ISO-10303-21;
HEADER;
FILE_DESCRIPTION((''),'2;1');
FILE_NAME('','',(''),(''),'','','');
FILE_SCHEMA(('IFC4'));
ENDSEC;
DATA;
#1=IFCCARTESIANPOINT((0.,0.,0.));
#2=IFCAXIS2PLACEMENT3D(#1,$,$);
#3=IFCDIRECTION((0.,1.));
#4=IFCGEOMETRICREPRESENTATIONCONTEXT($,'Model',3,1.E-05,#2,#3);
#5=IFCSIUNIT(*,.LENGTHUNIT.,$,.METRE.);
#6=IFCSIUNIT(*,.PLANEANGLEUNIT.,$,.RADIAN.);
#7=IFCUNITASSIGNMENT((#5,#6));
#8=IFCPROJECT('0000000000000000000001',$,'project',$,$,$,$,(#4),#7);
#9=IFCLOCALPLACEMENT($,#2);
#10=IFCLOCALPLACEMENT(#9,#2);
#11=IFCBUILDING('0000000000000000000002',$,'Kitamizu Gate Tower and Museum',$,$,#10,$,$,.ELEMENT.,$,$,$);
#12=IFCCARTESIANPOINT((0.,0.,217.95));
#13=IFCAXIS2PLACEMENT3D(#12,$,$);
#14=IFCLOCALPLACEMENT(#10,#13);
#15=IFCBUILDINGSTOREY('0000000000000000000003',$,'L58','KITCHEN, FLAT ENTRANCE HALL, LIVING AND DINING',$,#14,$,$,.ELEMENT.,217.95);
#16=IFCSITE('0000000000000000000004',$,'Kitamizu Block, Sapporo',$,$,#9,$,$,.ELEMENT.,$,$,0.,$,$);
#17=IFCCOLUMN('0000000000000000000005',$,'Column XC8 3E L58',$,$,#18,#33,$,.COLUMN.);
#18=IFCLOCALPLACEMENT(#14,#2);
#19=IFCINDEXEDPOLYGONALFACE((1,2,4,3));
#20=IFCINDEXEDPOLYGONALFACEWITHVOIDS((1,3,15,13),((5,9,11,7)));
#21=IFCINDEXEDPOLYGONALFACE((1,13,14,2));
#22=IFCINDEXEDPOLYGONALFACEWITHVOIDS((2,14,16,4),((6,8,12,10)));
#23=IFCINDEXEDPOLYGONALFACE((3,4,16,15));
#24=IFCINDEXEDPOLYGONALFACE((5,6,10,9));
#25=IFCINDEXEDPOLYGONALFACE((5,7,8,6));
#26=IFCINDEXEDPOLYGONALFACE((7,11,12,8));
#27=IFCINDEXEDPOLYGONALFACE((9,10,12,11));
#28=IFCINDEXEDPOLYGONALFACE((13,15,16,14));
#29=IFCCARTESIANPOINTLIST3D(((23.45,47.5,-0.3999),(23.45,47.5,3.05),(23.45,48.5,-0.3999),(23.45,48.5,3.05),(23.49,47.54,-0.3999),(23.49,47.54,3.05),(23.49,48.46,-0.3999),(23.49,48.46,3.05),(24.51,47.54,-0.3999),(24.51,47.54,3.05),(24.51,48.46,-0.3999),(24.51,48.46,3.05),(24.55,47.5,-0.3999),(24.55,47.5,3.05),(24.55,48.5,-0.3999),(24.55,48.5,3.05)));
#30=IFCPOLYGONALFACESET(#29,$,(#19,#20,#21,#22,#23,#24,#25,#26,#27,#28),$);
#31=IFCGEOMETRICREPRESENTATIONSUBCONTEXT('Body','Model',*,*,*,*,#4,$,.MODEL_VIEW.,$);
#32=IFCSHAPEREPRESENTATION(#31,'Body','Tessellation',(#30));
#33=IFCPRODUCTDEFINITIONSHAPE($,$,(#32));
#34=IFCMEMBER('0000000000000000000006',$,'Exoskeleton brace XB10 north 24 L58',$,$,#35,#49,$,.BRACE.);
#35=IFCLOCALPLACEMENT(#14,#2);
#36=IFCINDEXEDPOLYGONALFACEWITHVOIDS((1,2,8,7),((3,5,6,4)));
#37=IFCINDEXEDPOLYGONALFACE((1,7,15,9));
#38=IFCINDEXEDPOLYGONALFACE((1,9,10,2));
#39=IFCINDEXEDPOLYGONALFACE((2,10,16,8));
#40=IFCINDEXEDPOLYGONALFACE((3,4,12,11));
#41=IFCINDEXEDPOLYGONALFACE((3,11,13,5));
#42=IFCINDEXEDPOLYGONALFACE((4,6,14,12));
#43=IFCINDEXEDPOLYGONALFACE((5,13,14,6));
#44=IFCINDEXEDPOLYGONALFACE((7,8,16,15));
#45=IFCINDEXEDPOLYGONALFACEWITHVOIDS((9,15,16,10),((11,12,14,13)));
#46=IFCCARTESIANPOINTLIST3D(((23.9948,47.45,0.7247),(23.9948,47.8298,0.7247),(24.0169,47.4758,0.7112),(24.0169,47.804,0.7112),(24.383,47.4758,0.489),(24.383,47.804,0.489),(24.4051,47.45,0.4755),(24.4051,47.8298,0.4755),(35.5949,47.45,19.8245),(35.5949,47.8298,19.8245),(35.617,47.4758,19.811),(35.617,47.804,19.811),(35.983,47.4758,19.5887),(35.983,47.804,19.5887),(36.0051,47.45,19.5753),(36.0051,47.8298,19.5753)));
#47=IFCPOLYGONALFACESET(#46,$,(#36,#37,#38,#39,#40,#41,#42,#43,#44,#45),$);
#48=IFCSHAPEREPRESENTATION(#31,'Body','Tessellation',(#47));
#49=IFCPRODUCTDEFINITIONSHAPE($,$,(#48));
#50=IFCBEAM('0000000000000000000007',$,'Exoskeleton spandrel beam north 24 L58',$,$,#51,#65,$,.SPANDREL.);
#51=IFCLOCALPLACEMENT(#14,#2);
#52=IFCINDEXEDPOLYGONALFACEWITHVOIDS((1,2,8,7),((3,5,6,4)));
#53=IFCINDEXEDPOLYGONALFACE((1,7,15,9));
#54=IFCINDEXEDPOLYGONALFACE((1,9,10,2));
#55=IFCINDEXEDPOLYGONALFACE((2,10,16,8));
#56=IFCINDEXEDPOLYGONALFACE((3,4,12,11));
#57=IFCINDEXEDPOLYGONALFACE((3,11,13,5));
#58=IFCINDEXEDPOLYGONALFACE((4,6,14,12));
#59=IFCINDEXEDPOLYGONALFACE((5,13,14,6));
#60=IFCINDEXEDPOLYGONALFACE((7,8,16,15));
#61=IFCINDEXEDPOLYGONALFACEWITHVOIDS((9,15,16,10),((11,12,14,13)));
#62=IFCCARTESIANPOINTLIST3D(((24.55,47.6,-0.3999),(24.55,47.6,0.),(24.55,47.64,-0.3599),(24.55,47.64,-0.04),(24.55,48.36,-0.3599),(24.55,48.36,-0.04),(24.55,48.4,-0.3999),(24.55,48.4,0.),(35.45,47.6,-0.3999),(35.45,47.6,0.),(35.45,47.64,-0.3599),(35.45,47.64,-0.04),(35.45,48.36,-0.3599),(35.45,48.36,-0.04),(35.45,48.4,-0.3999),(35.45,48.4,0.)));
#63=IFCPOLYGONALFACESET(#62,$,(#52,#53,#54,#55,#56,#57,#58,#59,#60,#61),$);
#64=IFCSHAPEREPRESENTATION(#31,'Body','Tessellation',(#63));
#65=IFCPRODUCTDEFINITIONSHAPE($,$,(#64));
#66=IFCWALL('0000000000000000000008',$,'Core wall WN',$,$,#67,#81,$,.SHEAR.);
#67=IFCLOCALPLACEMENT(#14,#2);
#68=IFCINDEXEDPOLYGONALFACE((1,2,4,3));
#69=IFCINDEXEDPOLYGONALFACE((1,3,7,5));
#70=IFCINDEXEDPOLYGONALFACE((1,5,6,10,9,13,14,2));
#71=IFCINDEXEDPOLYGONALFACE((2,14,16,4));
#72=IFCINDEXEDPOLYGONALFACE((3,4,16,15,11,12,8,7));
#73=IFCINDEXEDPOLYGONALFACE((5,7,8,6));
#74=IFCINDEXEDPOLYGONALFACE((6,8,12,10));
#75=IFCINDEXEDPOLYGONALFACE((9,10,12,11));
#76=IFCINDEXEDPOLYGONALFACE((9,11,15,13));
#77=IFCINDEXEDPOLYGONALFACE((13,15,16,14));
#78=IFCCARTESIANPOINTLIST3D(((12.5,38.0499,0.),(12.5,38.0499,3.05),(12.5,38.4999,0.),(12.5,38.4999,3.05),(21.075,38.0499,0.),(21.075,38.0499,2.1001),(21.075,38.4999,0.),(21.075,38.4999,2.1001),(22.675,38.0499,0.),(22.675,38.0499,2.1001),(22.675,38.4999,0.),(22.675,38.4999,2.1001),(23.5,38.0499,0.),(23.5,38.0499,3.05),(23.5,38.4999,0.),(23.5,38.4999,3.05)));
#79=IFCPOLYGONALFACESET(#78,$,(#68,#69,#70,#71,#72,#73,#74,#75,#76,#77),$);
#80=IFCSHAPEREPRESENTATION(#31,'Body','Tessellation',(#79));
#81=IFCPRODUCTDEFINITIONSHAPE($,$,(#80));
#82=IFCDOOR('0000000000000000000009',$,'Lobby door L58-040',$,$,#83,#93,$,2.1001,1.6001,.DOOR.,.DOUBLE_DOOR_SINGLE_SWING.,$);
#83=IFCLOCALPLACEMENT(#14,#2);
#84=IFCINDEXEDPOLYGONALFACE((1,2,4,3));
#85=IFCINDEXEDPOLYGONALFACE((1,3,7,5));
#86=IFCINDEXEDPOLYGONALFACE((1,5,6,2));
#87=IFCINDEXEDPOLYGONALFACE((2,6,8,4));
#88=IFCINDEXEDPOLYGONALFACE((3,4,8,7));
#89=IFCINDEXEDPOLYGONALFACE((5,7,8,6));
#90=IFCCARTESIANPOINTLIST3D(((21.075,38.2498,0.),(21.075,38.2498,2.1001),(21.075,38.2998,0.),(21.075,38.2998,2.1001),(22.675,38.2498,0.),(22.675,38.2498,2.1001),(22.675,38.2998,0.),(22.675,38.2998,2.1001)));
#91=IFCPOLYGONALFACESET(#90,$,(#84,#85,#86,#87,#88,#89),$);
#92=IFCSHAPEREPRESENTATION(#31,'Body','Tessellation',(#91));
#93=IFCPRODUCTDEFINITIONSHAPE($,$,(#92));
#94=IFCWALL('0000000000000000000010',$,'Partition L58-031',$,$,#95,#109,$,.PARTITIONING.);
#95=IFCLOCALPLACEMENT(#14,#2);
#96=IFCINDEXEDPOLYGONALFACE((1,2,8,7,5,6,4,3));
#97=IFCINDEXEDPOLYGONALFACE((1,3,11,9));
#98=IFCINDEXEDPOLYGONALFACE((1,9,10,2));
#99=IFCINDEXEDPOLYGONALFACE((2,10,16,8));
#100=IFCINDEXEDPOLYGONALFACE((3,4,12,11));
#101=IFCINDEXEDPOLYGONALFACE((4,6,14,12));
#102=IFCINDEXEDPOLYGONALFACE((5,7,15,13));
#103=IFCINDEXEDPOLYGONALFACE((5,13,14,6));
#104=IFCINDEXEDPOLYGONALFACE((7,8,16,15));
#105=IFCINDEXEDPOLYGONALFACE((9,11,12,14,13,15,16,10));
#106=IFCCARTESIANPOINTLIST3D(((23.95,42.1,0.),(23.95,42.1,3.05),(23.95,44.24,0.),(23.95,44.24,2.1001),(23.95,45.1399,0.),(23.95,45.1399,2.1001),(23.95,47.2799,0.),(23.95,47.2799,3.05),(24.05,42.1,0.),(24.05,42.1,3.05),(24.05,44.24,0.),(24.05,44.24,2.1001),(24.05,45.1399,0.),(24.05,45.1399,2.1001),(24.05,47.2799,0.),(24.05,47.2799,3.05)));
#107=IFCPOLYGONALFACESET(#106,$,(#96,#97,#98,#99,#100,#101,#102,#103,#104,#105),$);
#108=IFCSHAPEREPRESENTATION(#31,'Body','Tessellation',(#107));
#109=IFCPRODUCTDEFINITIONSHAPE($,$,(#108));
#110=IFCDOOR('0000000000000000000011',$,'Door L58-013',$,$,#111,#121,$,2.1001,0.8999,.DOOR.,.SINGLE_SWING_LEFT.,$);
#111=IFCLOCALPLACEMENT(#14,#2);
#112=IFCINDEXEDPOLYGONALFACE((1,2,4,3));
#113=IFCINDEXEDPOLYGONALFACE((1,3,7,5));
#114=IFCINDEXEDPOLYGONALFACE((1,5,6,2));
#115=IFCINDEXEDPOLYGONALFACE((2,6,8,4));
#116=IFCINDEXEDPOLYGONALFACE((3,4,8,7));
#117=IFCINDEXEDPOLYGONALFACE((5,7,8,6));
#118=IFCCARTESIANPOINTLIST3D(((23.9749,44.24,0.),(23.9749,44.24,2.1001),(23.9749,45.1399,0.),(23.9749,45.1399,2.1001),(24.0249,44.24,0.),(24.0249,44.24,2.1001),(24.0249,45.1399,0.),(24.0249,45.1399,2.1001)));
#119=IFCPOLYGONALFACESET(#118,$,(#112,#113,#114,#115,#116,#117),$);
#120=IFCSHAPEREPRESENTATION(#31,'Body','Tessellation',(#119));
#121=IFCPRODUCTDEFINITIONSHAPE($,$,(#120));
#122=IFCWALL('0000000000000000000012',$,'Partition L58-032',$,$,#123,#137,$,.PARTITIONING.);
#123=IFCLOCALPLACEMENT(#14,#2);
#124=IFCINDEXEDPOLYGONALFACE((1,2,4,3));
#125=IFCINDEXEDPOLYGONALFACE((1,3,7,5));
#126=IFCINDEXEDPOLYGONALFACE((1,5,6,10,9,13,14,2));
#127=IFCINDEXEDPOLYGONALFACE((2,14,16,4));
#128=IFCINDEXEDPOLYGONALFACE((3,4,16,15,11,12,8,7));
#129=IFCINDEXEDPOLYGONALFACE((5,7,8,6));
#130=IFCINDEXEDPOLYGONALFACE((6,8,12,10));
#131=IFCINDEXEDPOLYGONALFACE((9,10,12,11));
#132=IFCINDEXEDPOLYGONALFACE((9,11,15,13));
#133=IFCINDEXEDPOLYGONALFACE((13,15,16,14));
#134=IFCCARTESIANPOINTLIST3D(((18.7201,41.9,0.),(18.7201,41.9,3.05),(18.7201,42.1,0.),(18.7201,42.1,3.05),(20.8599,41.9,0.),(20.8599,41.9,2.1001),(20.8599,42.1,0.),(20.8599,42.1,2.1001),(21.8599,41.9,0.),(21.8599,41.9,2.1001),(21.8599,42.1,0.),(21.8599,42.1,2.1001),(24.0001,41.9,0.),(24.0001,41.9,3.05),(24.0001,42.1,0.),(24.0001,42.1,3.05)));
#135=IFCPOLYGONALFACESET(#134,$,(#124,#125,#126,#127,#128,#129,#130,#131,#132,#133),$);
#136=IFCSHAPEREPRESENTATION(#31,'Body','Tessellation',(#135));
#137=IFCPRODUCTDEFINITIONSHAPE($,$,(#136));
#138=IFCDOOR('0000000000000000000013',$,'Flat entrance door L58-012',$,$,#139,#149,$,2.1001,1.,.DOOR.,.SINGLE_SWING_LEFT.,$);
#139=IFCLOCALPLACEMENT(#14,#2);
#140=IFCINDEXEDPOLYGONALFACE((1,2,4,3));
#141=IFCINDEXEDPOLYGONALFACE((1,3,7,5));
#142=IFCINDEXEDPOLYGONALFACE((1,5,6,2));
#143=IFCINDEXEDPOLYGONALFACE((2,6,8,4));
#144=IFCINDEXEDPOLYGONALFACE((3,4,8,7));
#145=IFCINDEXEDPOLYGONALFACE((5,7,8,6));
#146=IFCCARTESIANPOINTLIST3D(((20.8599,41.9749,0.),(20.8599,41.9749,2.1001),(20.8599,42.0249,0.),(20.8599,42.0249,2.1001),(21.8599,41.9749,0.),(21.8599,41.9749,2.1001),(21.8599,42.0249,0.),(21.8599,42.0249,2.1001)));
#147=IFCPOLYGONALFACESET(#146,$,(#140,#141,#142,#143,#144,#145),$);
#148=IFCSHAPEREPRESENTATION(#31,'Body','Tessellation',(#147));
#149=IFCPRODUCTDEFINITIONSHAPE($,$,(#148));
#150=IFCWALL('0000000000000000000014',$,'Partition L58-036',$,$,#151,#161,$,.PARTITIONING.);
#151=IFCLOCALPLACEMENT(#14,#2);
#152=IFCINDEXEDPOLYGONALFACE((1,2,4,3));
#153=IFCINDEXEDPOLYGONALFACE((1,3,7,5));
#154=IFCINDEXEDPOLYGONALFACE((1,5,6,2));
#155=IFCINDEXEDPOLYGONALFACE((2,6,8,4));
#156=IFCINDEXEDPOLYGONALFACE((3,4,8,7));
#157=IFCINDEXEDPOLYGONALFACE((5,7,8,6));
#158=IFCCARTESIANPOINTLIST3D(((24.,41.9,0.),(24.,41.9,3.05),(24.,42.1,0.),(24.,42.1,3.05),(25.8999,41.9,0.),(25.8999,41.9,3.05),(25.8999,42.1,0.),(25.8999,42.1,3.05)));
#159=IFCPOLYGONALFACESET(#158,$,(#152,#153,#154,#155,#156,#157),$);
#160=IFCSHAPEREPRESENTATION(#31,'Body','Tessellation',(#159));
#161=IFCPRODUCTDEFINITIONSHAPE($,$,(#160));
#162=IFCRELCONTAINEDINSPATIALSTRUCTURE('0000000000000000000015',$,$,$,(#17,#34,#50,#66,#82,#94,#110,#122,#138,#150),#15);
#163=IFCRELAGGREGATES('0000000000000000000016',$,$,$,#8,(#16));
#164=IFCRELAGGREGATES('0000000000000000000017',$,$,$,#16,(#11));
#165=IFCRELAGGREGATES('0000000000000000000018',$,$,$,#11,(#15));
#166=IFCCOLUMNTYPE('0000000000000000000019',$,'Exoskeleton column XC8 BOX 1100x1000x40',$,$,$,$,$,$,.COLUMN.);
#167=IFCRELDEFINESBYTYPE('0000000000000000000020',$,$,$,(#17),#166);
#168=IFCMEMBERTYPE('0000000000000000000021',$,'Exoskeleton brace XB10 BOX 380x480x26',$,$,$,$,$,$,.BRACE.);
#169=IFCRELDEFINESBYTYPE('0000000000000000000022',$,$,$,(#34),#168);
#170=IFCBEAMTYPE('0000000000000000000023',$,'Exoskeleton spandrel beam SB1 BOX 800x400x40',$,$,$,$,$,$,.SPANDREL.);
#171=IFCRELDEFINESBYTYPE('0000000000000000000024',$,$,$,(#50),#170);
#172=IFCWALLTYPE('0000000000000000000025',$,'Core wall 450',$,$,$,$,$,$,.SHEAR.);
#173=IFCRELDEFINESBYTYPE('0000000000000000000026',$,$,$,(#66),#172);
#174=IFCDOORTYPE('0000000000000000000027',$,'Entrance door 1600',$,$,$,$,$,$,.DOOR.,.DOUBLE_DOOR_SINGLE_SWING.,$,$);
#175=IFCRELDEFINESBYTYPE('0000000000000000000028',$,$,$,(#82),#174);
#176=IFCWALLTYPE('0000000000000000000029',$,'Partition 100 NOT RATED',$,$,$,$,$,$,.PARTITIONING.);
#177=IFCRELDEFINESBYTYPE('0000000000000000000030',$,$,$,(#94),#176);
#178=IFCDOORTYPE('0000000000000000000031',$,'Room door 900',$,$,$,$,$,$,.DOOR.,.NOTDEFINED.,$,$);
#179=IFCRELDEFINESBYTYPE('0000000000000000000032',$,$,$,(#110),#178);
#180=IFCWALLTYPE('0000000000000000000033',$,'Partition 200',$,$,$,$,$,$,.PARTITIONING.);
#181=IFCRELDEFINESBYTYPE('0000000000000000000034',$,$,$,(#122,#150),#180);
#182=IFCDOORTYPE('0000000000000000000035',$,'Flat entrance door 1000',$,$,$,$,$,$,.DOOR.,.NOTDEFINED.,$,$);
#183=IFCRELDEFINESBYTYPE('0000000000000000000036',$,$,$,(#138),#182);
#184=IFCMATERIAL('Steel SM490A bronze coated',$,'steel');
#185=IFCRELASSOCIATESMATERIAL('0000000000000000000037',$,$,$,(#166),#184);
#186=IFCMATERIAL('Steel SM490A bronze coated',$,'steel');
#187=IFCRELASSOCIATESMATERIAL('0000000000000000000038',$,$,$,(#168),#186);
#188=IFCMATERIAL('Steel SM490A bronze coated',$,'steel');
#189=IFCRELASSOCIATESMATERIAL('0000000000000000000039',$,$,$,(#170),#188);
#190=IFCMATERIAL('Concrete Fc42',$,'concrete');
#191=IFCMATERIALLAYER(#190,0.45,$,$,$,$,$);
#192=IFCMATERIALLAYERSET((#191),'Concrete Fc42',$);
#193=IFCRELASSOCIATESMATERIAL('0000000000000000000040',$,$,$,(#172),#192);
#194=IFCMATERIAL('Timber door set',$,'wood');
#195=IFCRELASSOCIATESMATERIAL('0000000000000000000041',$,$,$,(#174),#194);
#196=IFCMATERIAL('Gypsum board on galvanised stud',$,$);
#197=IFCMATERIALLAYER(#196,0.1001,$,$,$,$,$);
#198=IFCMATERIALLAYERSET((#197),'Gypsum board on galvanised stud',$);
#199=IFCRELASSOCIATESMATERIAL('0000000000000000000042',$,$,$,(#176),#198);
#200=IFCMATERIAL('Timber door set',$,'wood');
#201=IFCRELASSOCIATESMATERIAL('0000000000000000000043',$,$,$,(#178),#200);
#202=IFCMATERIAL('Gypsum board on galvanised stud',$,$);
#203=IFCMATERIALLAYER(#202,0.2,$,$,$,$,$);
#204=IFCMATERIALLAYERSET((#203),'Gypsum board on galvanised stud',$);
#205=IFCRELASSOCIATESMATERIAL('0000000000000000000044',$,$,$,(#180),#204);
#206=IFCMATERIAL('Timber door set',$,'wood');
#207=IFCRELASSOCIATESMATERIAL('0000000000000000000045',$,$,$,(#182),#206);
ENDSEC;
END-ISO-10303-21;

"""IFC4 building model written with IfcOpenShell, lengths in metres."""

from ifc_helpers import new_model, si_unit, direction, frame, frame_2d, origin, origin_2d, place, context, subcontext, project, spatial, rectangle, hollow_rectangle, extrude, material, layer, layer_set, material_profile, profile_set, type_object, element, fill, save


model = new_model("IFC4")

# Units and contexts
model_context = context("Model", 3, precision=1e-05, world=origin(), true_north=direction((0.0, 1.0)))
body_context = subcontext(model_context, "Body", "Model", "MODEL_VIEW")
ifc_project = project(units=[si_unit("LENGTHUNIT", "METRE"), si_unit("PLANEANGLEUNIT", "RADIAN")], contexts=[model_context])

# Site, building, storey
site_placement = place(None, origin())
site = spatial("IfcSite", under=ifc_project, at=site_placement, Name="Kitamizu Block, Sapporo", CompositionType="ELEMENT", RefElevation=0.0)
building_placement = place(site_placement, origin())
building = spatial("IfcBuilding", under=site, at=building_placement, Name="Kitamizu Gate Tower and Museum", CompositionType="ELEMENT")
storey_placement = place(building_placement, frame((0.0, 0.0, 217.95)))
storey = spatial("IfcBuildingStorey", under=building, at=storey_placement, Name="L58", Description="KITCHEN, FLAT ENTRANCE HALL, LIVING AND DINING", CompositionType="ELEMENT", Elevation=217.95)

# Column
ifc_material_1 = material(Name="Steel SM490A bronze coated", Category="steel")
ifc_material_profile_1 = material_profile(ifc_material_1, hollow_rectangle(XDim=1.1001, YDim=1.0, WallThickness=0.04, at=origin_2d()), Name="BOX 1100x1000x40")
ifc_profile_set_1 = profile_set([ifc_material_profile_1], Name="Steel SM490A bronze coated")
column_type = type_object("IfcColumnType", Name="Exoskeleton column XC8 BOX 1100x1000x40", PredefinedType="COLUMN", material=ifc_profile_set_1)
column_placement = place(storey_placement, frame((24.0, 48.0, -0.3999), z_axis=(0.0, 0.0, 1.0), x_axis=(1.0, 0.0, 0.0)))
element("IfcColumn", 1, at=column_placement, inside=storey, type_object=column_type, Name="Column XC8 3E L58", PredefinedType="COLUMN", context=body_context, shape_type="SweptSolid", body=[
    extrude(hollow_rectangle(XDim=1.1001, YDim=1.0, WallThickness=0.04, at=origin_2d()), origin(), (0.0, 0.0, 1.0), 3.45),
])

# Member
ifc_material_2 = material(Name="Steel SM490A bronze coated", Category="steel")
ifc_material_profile_2 = material_profile(ifc_material_2, hollow_rectangle(XDim=0.3799, YDim=0.48, WallThickness=0.0259, at=origin_2d()), Name="BOX 380x480x26")
ifc_profile_set_2 = profile_set([ifc_material_profile_2], Name="Steel SM490A bronze coated")
member_type = type_object("IfcMemberType", Name="Exoskeleton brace XB10 BOX 380x480x26", PredefinedType="BRACE", material=ifc_profile_set_2)
member_placement = place(storey_placement, frame((24.2, 47.6399, 0.6001), z_axis=(0.519101, 0.0, 0.854713), x_axis=(0.0, 1.0, 0.0)))
element("IfcMember", 2, at=member_placement, inside=storey, type_object=member_type, Name="Exoskeleton brace XB10 north 24 L58", PredefinedType="BRACE", context=body_context, shape_type="SweptSolid", body=[
    extrude(hollow_rectangle(XDim=0.3799, YDim=0.48, WallThickness=0.0259, at=origin_2d()), origin(), (0.0, 0.0, 1.0), 22.3464),
])

# Beam
ifc_material_3 = material(Name="Steel SM490A bronze coated", Category="steel")
ifc_material_profile_3 = material_profile(ifc_material_3, hollow_rectangle(XDim=0.8, YDim=0.3999, WallThickness=0.04, at=origin_2d()), Name="BOX 800x400x40")
ifc_profile_set_3 = profile_set([ifc_material_profile_3], Name="Steel SM490A bronze coated")
beam_type = type_object("IfcBeamType", Name="Exoskeleton spandrel beam SB1 BOX 800x400x40", PredefinedType="SPANDREL", material=ifc_profile_set_3)
beam_placement = place(storey_placement, frame((24.55, 48.0, -0.2), z_axis=(1.0, 0.0, 0.0), x_axis=(0.0, 1.0, 0.0)))
element("IfcBeam", 3, at=beam_placement, inside=storey, type_object=beam_type, Name="Exoskeleton spandrel beam north 24 L58", PredefinedType="SPANDREL", context=body_context, shape_type="SweptSolid", body=[
    extrude(hollow_rectangle(XDim=0.8, YDim=0.3999, WallThickness=0.04, at=origin_2d()), origin(), (0.0, 0.0, 1.0), 10.8999),
])

# Walls, openings, doors
ifc_material_4 = material(Name="Concrete Fc42", Category="concrete")
ifc_layer_1 = layer(ifc_material_4, 0.45)
ifc_layer_set_1 = layer_set([ifc_layer_1], Name="Concrete Fc42")
wall_type_1 = type_object("IfcWallType", Name="Core wall 450", PredefinedType="SHEAR", material=ifc_layer_set_1)
wall_1_placement = place(storey_placement, frame((12.5, 38.2749, 0.0), z_axis=(0.0, 0.0, 1.0), x_axis=(1.0, 0.0, 0.0)))
wall_1 = element("IfcWall", 4, at=wall_1_placement, inside=storey, type_object=wall_type_1, Name="Core wall WN", PredefinedType="SHEAR", context=body_context, shape_type="SweptSolid", body=[
    extrude(rectangle(XDim=11.0, YDim=0.45, at=frame_2d((5.5, 0.0))), origin(), (0.0, 0.0, 1.0), 3.05),
])
opening_1_placement = place(wall_1_placement, frame((8.575, 0.0, 0.0)))
opening_1 = element("IfcOpeningElement", 5, at=opening_1_placement, cuts=wall_1, PredefinedType="OPENING", context=body_context, shape_type="SweptSolid", body=[
    extrude(rectangle(XDim=1.6001, YDim=2.1001, at=frame_2d((0.8, 1.05))), frame((0.0, 0.2349, 0.0), z_axis=(0.0, -1.0, 0.0), x_axis=(1.0, 0.0, 0.0)), (0.0, 0.0, 1.0), 0.47),
])
ifc_material_5 = material(Name="Timber door set", Category="wood")
door_type_1 = type_object("IfcDoorType", Name="Entrance door 1600", OperationType="DOUBLE_DOOR_SINGLE_SWING", PredefinedType="DOOR", material=ifc_material_5)
door_1_placement = place(opening_1_placement, origin())
door_1 = element("IfcDoor", 6, at=door_1_placement, inside=storey, type_object=door_type_1, Name="Lobby door L58-040", OperationType="DOUBLE_DOOR_SINGLE_SWING", OverallHeight=2.1001, OverallWidth=1.6001, PredefinedType="DOOR", context=body_context, shape_type="SweptSolid", body=[
    extrude(rectangle(XDim=1.6001, YDim=2.1001, at=frame_2d((0.8, 1.05))), frame((0.0, 0.0249, 0.0), z_axis=(0.0, -1.0, 0.0), x_axis=(1.0, 0.0, 0.0)), (0.0, 0.0, 1.0), 0.05),
])
fill(opening_1, door_1)
ifc_material_6 = material(Name="Gypsum board on galvanised stud")
ifc_layer_2 = layer(ifc_material_6, 0.1001)
ifc_layer_set_2 = layer_set([ifc_layer_2], Name="Gypsum board on galvanised stud")
wall_type_2 = type_object("IfcWallType", Name="Partition 100 NOT RATED", PredefinedType="PARTITIONING", material=ifc_layer_set_2)
wall_2_placement = place(storey_placement, frame((24.0, 42.1001, 0.0), z_axis=(0.0, 0.0, 1.0), x_axis=(0.0, 1.0, 0.0)))
wall_2 = element("IfcWall", 7, at=wall_2_placement, inside=storey, type_object=wall_type_2, Name="Partition L58-031", PredefinedType="PARTITIONING", context=body_context, shape_type="SweptSolid", body=[
    extrude(rectangle(XDim=5.1799, YDim=0.1001, at=frame_2d((2.5898, 0.0))), origin(), (0.0, 0.0, 1.0), 3.05),
])
opening_2_placement = place(wall_2_placement, frame((2.1399, 0.0, 0.0)))
opening_2 = element("IfcOpeningElement", 8, at=opening_2_placement, cuts=wall_2, PredefinedType="OPENING", context=body_context, shape_type="SweptSolid", body=[
    extrude(rectangle(XDim=0.8999, YDim=2.1001, at=frame_2d((0.45, 1.05))), frame((0.0, 0.0601, 0.0), z_axis=(0.0, -1.0, 0.0), x_axis=(1.0, 0.0, 0.0)), (0.0, 0.0, 1.0), 0.1201),
])
ifc_material_7 = material(Name="Timber door set", Category="wood")
door_type_2 = type_object("IfcDoorType", Name="Room door 900", OperationType="NOTDEFINED", PredefinedType="DOOR", material=ifc_material_7)
door_2_placement = place(opening_2_placement, frame((0.8999, 0.0, 0.0), x_axis=(-1.0, 0.0, 0.0)))
door_2 = element("IfcDoor", 9, at=door_2_placement, inside=storey, type_object=door_type_2, Name="Door L58-013", OperationType="SINGLE_SWING_LEFT", OverallHeight=2.1001, OverallWidth=0.8999, PredefinedType="DOOR", context=body_context, shape_type="SweptSolid", body=[
    extrude(rectangle(XDim=0.8999, YDim=2.1001, at=frame_2d((0.45, 1.05))), frame((0.0, 0.0249, 0.0), z_axis=(0.0, -1.0, 0.0), x_axis=(1.0, 0.0, 0.0)), (0.0, 0.0, 1.0), 0.05),
])
fill(opening_2, door_2)
ifc_material_8 = material(Name="Gypsum board on galvanised stud")
ifc_layer_3 = layer(ifc_material_8, 0.2)
ifc_layer_set_3 = layer_set([ifc_layer_3], Name="Gypsum board on galvanised stud")
wall_type_3 = type_object("IfcWallType", Name="Partition 200", PredefinedType="PARTITIONING", material=ifc_layer_set_3)
wall_3_placement = place(storey_placement, frame((18.72, 42.0, 0.0), z_axis=(0.0, 0.0, 1.0), x_axis=(1.0, 0.0, 0.0)))
wall_3 = element("IfcWall", 10, at=wall_3_placement, inside=storey, type_object=wall_type_3, Name="Partition L58-032", PredefinedType="PARTITIONING", context=body_context, shape_type="SweptSolid", body=[
    extrude(rectangle(XDim=5.28, YDim=0.2, at=frame_2d((2.6401, 0.0))), origin(), (0.0, 0.0, 1.0), 3.05),
])
opening_3_placement = place(wall_3_placement, frame((2.1399, 0.0, 0.0)))
opening_3 = element("IfcOpeningElement", 11, at=opening_3_placement, cuts=wall_3, PredefinedType="OPENING", context=body_context, shape_type="SweptSolid", body=[
    extrude(rectangle(XDim=1.0, YDim=2.1001, at=frame_2d((0.5, 1.05))), frame((0.0, 0.1099, 0.0), z_axis=(0.0, -1.0, 0.0), x_axis=(1.0, 0.0, 0.0)), (0.0, 0.0, 1.0), 0.22),
])
ifc_material_9 = material(Name="Timber door set", Category="wood")
door_type_3 = type_object("IfcDoorType", Name="Flat entrance door 1000", OperationType="NOTDEFINED", PredefinedType="DOOR", material=ifc_material_9)
door_3_placement = place(opening_3_placement, origin())
door_3 = element("IfcDoor", 12, at=door_3_placement, inside=storey, type_object=door_type_3, Name="Flat entrance door L58-012", OperationType="SINGLE_SWING_LEFT", OverallHeight=2.1001, OverallWidth=1.0, PredefinedType="DOOR", context=body_context, shape_type="SweptSolid", body=[
    extrude(rectangle(XDim=1.0, YDim=2.1001, at=frame_2d((0.5, 1.05))), frame((0.0, 0.0249, 0.0), z_axis=(0.0, -1.0, 0.0), x_axis=(1.0, 0.0, 0.0)), (0.0, 0.0, 1.0), 0.05),
])
fill(opening_3, door_3)

# Wall
wall_4_placement = place(storey_placement, frame((24.0, 42.0, 0.0), z_axis=(0.0, 0.0, 1.0), x_axis=(1.0, 0.0, 0.0)))
element("IfcWall", 13, at=wall_4_placement, inside=storey, type_object=wall_type_3, Name="Partition L58-036", PredefinedType="PARTITIONING", context=body_context, shape_type="SweptSolid", body=[
    extrude(rectangle(XDim=1.8999, YDim=0.2, at=frame_2d((0.95, 0.0))), origin(), (0.0, 0.0, 1.0), 3.05),
])

save(model, "model.ifc")
